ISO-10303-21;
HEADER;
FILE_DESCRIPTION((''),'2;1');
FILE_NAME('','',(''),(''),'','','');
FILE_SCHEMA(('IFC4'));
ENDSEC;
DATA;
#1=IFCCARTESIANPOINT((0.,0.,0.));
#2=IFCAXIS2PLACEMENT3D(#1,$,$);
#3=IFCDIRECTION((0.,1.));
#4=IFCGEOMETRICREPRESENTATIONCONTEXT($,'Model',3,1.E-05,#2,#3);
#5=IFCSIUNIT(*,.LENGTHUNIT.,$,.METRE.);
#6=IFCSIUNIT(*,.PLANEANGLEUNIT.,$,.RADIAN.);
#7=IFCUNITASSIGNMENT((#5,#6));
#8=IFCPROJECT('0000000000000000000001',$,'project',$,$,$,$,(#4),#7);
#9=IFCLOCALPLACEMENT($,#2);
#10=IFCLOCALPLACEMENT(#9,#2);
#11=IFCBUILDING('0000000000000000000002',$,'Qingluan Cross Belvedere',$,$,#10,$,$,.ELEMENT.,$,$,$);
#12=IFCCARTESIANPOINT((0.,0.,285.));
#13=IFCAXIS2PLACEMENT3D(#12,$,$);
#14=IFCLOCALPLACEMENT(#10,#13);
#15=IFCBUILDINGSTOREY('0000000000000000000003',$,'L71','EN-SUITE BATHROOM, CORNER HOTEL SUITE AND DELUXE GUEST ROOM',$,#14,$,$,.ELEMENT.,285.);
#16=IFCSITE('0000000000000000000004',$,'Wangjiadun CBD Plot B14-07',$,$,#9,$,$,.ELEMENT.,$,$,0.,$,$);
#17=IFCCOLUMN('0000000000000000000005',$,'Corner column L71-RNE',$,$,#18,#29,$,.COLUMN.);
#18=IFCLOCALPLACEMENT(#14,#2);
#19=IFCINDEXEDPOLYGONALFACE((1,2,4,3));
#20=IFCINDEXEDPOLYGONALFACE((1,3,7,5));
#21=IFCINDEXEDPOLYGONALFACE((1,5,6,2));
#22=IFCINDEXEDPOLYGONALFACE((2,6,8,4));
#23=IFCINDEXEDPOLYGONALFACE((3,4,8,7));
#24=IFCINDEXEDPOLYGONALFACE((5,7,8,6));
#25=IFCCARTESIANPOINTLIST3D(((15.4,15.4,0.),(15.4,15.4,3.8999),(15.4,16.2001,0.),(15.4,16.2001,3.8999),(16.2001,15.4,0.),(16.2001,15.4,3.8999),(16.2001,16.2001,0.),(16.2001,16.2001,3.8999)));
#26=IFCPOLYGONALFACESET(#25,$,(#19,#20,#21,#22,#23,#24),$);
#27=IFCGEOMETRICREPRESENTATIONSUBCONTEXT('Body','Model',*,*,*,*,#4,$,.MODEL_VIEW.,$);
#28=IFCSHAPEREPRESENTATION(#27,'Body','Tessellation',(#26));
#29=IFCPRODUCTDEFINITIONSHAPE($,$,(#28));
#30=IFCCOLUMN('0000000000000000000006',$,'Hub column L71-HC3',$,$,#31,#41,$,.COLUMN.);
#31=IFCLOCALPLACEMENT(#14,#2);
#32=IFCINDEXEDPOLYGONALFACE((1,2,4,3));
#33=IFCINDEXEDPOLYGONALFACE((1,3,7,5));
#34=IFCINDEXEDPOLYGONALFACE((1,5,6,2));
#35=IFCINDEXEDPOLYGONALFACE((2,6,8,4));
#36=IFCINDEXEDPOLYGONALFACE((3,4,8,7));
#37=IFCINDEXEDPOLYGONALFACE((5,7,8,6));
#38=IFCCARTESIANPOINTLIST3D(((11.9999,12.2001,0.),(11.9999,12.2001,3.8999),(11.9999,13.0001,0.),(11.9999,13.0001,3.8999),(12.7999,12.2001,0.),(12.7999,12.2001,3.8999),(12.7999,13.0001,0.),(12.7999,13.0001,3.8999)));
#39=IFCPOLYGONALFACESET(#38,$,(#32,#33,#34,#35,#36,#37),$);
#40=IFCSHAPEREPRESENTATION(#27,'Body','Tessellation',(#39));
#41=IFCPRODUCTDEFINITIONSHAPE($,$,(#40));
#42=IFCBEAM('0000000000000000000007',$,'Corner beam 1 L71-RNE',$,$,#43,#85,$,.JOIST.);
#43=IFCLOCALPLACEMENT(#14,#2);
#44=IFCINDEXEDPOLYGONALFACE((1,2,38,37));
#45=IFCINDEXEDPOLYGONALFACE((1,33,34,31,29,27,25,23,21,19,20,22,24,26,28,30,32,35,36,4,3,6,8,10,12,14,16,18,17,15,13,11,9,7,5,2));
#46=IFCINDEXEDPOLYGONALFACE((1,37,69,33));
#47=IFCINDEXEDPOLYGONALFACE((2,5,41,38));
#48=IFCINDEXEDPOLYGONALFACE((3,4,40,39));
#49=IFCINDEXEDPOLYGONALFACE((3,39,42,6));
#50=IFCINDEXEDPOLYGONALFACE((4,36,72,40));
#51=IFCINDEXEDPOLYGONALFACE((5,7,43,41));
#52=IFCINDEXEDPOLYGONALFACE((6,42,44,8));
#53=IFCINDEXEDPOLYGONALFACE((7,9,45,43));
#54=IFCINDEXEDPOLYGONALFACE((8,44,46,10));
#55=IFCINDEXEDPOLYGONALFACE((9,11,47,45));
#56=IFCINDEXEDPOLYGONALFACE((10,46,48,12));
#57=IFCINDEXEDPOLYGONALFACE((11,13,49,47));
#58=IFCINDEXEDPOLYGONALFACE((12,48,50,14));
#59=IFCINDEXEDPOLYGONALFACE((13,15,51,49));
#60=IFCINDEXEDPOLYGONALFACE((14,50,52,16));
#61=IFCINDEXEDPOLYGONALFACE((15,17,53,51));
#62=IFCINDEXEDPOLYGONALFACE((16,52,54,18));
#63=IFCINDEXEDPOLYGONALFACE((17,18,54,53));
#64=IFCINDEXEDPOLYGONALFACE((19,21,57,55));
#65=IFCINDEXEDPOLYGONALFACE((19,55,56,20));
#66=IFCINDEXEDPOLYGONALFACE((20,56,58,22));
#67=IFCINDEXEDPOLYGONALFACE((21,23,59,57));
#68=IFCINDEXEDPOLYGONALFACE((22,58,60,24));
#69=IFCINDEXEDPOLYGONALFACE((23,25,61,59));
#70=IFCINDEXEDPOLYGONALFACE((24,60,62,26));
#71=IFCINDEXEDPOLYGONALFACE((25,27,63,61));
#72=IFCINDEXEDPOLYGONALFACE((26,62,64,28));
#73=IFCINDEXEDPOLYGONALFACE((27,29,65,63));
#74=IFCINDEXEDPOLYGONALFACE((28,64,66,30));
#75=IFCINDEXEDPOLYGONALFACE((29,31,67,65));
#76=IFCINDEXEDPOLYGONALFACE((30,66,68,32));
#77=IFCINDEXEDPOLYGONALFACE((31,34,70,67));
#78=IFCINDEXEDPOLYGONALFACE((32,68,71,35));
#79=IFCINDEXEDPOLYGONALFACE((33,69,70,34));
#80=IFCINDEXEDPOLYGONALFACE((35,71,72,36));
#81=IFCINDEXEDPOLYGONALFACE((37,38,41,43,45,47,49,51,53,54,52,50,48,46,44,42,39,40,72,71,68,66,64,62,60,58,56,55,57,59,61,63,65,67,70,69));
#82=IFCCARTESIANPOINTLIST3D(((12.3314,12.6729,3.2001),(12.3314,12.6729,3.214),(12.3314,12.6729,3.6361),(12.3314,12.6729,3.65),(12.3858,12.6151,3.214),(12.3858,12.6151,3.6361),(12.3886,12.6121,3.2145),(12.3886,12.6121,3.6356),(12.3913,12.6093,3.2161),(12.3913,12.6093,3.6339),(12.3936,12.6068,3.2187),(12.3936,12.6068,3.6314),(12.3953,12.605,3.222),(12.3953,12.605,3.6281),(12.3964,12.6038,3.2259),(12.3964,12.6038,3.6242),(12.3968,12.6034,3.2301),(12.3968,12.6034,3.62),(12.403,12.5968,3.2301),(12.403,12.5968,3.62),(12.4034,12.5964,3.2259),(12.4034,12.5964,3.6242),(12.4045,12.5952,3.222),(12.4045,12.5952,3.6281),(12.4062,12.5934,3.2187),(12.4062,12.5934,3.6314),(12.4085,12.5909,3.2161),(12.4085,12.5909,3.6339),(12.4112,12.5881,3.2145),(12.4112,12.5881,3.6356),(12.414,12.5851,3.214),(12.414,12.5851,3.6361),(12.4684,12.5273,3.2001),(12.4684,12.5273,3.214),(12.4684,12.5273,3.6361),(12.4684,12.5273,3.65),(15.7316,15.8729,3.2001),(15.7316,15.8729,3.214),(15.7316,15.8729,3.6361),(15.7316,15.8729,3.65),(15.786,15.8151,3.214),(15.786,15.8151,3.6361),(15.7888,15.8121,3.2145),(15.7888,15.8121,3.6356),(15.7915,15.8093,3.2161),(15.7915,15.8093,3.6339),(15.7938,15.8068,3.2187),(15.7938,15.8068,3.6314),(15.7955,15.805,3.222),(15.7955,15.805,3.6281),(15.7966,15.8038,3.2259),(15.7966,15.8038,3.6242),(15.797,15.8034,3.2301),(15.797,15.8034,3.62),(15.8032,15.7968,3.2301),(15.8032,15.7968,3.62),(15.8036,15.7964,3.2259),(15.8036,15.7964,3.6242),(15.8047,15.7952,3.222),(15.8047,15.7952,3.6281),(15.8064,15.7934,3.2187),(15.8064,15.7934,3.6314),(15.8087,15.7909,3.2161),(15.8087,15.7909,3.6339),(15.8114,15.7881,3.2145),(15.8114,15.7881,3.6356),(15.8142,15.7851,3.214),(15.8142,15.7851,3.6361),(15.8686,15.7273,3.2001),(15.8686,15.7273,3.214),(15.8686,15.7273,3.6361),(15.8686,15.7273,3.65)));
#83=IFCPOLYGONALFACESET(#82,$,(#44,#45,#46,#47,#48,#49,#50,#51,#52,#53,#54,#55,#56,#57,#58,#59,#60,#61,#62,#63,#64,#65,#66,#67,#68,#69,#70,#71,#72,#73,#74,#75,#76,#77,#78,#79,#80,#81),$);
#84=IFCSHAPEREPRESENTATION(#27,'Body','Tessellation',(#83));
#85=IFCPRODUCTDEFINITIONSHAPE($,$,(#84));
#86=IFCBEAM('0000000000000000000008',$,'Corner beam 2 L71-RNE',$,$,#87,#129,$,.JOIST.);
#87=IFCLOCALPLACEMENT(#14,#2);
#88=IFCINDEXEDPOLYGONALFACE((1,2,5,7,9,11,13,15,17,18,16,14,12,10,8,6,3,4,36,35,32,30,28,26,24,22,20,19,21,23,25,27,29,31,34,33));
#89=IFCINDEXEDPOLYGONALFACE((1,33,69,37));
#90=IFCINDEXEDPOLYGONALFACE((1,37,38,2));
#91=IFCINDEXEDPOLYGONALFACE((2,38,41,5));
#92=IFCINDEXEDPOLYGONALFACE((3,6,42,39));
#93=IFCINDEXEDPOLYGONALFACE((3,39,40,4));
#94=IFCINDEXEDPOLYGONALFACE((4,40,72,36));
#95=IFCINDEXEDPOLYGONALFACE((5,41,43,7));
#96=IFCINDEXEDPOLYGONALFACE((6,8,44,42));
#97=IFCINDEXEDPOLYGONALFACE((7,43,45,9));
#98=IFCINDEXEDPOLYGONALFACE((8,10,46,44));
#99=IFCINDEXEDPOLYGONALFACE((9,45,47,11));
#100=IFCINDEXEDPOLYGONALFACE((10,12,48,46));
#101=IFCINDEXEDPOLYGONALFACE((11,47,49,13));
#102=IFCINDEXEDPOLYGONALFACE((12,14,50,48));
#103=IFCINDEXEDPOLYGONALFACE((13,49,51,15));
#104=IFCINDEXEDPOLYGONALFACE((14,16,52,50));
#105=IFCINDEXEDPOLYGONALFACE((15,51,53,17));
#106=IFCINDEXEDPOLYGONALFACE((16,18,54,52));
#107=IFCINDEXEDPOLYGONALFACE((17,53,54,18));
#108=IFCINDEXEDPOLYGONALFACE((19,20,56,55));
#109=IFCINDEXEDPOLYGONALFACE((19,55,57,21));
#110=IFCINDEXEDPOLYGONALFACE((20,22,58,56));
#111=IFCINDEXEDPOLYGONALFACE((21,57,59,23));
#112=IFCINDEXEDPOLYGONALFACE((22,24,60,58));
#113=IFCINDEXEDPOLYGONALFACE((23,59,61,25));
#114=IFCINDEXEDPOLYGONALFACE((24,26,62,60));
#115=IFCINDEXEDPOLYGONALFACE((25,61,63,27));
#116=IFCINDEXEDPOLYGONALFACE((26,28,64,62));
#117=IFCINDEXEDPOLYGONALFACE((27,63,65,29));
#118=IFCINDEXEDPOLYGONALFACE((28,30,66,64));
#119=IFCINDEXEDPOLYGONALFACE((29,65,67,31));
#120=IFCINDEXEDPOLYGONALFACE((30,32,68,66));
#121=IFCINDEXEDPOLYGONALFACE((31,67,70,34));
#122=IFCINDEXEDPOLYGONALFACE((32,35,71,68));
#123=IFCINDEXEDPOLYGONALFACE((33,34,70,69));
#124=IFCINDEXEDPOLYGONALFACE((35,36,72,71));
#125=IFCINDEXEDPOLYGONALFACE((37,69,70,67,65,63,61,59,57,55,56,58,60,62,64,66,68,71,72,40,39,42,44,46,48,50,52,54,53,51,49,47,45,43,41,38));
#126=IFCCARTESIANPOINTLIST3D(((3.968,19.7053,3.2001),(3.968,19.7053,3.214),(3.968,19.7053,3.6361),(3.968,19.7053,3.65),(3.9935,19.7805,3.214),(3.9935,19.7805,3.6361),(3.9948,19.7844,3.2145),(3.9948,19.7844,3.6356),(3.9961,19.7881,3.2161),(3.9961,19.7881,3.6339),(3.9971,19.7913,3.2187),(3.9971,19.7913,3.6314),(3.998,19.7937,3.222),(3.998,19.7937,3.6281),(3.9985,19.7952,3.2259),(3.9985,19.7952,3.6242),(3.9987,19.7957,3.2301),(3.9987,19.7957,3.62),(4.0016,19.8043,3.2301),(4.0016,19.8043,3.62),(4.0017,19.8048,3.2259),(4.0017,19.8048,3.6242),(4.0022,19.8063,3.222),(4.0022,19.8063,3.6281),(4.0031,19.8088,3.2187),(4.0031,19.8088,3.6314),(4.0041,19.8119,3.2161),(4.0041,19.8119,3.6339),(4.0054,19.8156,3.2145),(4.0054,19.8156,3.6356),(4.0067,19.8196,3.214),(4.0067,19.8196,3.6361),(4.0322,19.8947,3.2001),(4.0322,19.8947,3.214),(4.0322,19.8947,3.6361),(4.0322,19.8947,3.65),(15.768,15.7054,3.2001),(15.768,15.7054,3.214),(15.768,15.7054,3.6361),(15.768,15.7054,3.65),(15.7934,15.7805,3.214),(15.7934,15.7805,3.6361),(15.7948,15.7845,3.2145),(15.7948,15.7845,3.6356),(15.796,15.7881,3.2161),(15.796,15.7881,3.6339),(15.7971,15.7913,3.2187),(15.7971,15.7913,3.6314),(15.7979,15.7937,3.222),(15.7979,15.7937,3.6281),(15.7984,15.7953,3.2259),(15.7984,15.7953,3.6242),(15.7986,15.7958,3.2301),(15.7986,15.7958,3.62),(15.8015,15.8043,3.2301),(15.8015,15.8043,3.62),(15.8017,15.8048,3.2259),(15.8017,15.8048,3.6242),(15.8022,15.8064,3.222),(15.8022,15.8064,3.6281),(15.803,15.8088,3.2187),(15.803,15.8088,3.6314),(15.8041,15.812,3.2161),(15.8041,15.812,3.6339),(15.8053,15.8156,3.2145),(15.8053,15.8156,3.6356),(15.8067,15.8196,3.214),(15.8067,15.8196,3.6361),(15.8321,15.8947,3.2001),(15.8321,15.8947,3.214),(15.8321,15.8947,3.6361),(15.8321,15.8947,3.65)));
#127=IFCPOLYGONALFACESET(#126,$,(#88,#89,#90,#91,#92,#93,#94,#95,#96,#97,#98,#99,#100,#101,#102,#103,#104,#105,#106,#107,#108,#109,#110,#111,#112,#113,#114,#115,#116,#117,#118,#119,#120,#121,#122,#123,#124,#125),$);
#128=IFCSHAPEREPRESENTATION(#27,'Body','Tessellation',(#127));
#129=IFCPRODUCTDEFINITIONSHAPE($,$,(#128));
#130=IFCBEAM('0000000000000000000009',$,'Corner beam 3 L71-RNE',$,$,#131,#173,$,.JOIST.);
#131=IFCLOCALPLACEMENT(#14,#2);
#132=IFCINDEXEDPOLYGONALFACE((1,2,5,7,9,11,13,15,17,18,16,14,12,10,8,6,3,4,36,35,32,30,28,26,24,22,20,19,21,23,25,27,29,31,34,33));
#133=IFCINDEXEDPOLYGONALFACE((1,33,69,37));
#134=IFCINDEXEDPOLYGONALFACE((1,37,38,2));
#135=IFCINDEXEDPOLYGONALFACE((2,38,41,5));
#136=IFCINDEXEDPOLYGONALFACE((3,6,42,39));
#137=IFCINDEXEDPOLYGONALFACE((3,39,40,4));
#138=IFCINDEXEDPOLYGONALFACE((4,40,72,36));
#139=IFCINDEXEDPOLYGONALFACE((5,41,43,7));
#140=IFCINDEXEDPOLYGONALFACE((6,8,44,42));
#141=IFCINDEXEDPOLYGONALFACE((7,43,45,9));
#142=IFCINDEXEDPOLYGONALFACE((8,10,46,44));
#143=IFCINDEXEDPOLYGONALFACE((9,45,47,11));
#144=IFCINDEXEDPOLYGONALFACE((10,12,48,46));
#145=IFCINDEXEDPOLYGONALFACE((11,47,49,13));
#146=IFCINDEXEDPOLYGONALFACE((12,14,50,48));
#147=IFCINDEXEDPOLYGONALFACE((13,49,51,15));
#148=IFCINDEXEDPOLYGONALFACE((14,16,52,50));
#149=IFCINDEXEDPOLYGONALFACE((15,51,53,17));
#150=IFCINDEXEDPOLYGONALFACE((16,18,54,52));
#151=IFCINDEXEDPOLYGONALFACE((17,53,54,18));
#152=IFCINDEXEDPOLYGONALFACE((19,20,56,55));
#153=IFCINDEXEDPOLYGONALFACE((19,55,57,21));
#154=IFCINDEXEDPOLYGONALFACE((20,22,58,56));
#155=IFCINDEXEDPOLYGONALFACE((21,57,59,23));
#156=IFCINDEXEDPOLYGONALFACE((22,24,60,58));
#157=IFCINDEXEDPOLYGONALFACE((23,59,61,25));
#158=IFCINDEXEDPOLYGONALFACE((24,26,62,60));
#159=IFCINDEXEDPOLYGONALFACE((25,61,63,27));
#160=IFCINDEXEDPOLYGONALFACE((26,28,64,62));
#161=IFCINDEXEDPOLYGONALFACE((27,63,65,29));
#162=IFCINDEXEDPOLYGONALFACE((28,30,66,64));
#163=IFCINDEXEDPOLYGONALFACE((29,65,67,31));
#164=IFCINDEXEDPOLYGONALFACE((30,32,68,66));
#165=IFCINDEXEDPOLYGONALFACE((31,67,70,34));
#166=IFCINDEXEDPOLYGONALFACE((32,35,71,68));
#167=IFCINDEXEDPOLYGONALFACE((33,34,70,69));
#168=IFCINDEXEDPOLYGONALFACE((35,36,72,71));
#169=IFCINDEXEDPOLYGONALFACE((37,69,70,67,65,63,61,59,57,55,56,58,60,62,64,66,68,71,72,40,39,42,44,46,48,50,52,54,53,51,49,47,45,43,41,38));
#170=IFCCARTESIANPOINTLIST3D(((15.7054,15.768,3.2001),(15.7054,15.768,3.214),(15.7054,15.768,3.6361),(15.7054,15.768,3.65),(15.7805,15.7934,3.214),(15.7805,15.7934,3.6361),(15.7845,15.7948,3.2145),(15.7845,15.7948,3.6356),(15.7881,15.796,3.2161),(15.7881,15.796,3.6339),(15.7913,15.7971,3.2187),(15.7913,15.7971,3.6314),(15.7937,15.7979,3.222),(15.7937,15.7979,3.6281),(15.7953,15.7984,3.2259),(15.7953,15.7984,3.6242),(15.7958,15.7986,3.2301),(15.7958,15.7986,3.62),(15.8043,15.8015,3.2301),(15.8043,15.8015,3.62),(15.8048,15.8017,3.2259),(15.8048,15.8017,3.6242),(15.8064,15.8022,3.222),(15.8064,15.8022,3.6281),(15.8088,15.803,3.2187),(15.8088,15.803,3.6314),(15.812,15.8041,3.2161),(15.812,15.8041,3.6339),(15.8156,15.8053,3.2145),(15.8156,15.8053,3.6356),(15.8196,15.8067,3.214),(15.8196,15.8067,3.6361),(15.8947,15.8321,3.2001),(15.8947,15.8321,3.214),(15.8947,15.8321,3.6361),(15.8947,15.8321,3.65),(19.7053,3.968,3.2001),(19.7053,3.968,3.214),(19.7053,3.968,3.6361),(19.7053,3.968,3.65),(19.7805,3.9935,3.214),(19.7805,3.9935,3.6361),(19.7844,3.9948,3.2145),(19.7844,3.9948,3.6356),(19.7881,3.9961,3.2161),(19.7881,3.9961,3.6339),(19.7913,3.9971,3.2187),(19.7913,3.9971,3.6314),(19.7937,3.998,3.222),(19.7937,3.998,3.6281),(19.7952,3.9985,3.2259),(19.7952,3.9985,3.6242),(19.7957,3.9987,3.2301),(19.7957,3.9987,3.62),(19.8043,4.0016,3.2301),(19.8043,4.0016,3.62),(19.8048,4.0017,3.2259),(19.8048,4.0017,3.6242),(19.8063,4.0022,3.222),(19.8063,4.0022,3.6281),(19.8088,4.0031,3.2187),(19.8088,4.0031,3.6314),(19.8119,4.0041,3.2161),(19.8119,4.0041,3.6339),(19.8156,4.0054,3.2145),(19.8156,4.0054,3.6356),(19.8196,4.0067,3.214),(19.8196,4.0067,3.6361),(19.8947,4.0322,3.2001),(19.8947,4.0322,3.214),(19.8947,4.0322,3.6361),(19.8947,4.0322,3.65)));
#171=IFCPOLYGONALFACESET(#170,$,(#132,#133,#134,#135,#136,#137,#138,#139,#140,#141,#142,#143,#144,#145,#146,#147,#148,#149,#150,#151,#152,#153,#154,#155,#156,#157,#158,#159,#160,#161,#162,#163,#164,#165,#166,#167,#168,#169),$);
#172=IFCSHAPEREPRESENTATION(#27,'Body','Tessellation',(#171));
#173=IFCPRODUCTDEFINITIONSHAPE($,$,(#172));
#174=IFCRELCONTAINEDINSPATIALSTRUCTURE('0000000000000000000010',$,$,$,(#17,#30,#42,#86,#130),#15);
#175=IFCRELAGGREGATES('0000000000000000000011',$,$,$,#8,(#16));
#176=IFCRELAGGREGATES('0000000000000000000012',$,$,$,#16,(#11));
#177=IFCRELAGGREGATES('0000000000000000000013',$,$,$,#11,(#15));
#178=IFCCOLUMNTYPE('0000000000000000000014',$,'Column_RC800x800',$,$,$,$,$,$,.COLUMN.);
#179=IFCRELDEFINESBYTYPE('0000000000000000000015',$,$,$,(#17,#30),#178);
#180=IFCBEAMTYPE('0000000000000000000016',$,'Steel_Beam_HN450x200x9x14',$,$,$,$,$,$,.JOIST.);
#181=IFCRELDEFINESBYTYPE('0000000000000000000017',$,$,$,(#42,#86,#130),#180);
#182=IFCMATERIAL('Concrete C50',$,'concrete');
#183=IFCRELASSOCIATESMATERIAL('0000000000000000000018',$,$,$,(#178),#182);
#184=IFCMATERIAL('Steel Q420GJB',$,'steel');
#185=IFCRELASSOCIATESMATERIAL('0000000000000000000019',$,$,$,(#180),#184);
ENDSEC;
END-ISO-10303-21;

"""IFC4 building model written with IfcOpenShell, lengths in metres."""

from ifc_helpers import new_model, si_unit, direction, frame, origin, origin_2d, place, context, subcontext, project, spatial, rectangle, i_section, extrude, material, material_profile, profile_set, type_object, element, save


model = new_model("IFC4")

# Units and contexts
model_context = context("Model", 3, precision=1e-05, world=origin(), true_north=direction((0.0, 1.0)))
body_context = subcontext(model_context, "Body", "Model", "MODEL_VIEW")
ifc_project = project(units=[si_unit("LENGTHUNIT", "METRE"), si_unit("PLANEANGLEUNIT", "RADIAN")], contexts=[model_context])

# Site, building, storey
site_placement = place(None, origin())
site = spatial("IfcSite", under=ifc_project, at=site_placement, Name="Wangjiadun CBD Plot B14-07", CompositionType="ELEMENT", RefElevation=0.0)
building_placement = place(site_placement, origin())
building = spatial("IfcBuilding", under=site, at=building_placement, Name="Qingluan Cross Belvedere", CompositionType="ELEMENT")
storey_placement = place(building_placement, frame((0.0, 0.0, 285.0)))
storey = spatial("IfcBuildingStorey", under=building, at=storey_placement, Name="L71", Description="EN-SUITE BATHROOM, CORNER HOTEL SUITE AND DELUXE GUEST ROOM", CompositionType="ELEMENT", Elevation=285.0)

# Columns
ifc_material_1 = material(Name="Concrete C50", Category="concrete")
ifc_material_profile_1 = material_profile(ifc_material_1, rectangle(XDim=0.8, YDim=0.8, at=origin_2d()), Name="RC800x800")
ifc_profile_set_1 = profile_set([ifc_material_profile_1], Name="Concrete C50")
column_type = type_object("IfcColumnType", Name="Column_RC800x800", PredefinedType="COLUMN", material=ifc_profile_set_1)
for number, where, z_axis, x_axis, name in (
    (1, (15.8, 15.8, 0.0), (0.0, 0.0, 1.0), (1.0, 0.0, 0.0), "Corner column L71-RNE"),
    (2, (12.3999, 12.6001, 0.0), (0.0, 0.0, 1.0), (1.0, 0.0, 0.0), "Hub column L71-HC3"),
):
    element("IfcColumn", number, at=place(storey_placement, frame(where, z_axis=z_axis, x_axis=x_axis)), inside=storey, type_object=column_type, Name=name, PredefinedType="COLUMN", context=body_context, shape_type="SweptSolid", body=[
        extrude(rectangle(XDim=0.8, YDim=0.8, at=origin_2d()), origin(), (0.0, 0.0, 1.0), 3.8999),
    ])

# Beams
ifc_material_2 = material(Name="Steel Q420GJB", Category="steel")
ifc_material_profile_2 = material_profile(ifc_material_2, i_section(OverallWidth=0.2, OverallDepth=0.45, WebThickness=0.009, FlangeThickness=0.0139, FilletRadius=0.0161, at=origin_2d()), Name="HN450x200x9x14")
ifc_profile_set_2 = profile_set([ifc_material_profile_2], Name="Steel Q420GJB")
beam_type = type_object("IfcBeamType", Name="Steel_Beam_HN450x200x9x14", PredefinedType="JOIST", material=ifc_profile_set_2)
beam_1_placement = place(storey_placement, frame((12.3999, 12.6001, 3.425), z_axis=(0.72822, 0.685343, 0.0), x_axis=(-0.685343, 0.72822, 0.0)))
element("IfcBeam", 3, at=beam_1_placement, inside=storey, type_object=beam_type, Name="Corner beam 1 L71-RNE", PredefinedType="JOIST", context=body_context, shape_type="SweptSolid", body=[
    extrude(i_section(OverallWidth=0.2, OverallDepth=0.45, WebThickness=0.009, FlangeThickness=0.0139, FilletRadius=0.0161, at=origin_2d()), origin(), (0.0, 0.0, 1.0), 4.6692),
])
for number, where, z_axis, x_axis, name in (
    (4, (15.8, 15.8, 3.425), (-0.947066, 0.321038, 0.0), (-0.321038, -0.947066, 0.0), "Corner beam 2 L71-RNE"),
    (5, (15.8, 15.8, 3.425), (0.321038, -0.947066, 0.0), (0.947066, 0.321038, 0.0), "Corner beam 3 L71-RNE"),
):
    element("IfcBeam", number, at=place(storey_placement, frame(where, z_axis=z_axis, x_axis=x_axis)), inside=storey, type_object=beam_type, Name=name, PredefinedType="JOIST", context=body_context, shape_type="SweptSolid", body=[
        extrude(i_section(OverallWidth=0.2, OverallDepth=0.45, WebThickness=0.009, FlangeThickness=0.0139, FilletRadius=0.0161, at=origin_2d()), origin(), (0.0, 0.0, 1.0), 12.4595),
    ])

save(model, "model.ifc")
